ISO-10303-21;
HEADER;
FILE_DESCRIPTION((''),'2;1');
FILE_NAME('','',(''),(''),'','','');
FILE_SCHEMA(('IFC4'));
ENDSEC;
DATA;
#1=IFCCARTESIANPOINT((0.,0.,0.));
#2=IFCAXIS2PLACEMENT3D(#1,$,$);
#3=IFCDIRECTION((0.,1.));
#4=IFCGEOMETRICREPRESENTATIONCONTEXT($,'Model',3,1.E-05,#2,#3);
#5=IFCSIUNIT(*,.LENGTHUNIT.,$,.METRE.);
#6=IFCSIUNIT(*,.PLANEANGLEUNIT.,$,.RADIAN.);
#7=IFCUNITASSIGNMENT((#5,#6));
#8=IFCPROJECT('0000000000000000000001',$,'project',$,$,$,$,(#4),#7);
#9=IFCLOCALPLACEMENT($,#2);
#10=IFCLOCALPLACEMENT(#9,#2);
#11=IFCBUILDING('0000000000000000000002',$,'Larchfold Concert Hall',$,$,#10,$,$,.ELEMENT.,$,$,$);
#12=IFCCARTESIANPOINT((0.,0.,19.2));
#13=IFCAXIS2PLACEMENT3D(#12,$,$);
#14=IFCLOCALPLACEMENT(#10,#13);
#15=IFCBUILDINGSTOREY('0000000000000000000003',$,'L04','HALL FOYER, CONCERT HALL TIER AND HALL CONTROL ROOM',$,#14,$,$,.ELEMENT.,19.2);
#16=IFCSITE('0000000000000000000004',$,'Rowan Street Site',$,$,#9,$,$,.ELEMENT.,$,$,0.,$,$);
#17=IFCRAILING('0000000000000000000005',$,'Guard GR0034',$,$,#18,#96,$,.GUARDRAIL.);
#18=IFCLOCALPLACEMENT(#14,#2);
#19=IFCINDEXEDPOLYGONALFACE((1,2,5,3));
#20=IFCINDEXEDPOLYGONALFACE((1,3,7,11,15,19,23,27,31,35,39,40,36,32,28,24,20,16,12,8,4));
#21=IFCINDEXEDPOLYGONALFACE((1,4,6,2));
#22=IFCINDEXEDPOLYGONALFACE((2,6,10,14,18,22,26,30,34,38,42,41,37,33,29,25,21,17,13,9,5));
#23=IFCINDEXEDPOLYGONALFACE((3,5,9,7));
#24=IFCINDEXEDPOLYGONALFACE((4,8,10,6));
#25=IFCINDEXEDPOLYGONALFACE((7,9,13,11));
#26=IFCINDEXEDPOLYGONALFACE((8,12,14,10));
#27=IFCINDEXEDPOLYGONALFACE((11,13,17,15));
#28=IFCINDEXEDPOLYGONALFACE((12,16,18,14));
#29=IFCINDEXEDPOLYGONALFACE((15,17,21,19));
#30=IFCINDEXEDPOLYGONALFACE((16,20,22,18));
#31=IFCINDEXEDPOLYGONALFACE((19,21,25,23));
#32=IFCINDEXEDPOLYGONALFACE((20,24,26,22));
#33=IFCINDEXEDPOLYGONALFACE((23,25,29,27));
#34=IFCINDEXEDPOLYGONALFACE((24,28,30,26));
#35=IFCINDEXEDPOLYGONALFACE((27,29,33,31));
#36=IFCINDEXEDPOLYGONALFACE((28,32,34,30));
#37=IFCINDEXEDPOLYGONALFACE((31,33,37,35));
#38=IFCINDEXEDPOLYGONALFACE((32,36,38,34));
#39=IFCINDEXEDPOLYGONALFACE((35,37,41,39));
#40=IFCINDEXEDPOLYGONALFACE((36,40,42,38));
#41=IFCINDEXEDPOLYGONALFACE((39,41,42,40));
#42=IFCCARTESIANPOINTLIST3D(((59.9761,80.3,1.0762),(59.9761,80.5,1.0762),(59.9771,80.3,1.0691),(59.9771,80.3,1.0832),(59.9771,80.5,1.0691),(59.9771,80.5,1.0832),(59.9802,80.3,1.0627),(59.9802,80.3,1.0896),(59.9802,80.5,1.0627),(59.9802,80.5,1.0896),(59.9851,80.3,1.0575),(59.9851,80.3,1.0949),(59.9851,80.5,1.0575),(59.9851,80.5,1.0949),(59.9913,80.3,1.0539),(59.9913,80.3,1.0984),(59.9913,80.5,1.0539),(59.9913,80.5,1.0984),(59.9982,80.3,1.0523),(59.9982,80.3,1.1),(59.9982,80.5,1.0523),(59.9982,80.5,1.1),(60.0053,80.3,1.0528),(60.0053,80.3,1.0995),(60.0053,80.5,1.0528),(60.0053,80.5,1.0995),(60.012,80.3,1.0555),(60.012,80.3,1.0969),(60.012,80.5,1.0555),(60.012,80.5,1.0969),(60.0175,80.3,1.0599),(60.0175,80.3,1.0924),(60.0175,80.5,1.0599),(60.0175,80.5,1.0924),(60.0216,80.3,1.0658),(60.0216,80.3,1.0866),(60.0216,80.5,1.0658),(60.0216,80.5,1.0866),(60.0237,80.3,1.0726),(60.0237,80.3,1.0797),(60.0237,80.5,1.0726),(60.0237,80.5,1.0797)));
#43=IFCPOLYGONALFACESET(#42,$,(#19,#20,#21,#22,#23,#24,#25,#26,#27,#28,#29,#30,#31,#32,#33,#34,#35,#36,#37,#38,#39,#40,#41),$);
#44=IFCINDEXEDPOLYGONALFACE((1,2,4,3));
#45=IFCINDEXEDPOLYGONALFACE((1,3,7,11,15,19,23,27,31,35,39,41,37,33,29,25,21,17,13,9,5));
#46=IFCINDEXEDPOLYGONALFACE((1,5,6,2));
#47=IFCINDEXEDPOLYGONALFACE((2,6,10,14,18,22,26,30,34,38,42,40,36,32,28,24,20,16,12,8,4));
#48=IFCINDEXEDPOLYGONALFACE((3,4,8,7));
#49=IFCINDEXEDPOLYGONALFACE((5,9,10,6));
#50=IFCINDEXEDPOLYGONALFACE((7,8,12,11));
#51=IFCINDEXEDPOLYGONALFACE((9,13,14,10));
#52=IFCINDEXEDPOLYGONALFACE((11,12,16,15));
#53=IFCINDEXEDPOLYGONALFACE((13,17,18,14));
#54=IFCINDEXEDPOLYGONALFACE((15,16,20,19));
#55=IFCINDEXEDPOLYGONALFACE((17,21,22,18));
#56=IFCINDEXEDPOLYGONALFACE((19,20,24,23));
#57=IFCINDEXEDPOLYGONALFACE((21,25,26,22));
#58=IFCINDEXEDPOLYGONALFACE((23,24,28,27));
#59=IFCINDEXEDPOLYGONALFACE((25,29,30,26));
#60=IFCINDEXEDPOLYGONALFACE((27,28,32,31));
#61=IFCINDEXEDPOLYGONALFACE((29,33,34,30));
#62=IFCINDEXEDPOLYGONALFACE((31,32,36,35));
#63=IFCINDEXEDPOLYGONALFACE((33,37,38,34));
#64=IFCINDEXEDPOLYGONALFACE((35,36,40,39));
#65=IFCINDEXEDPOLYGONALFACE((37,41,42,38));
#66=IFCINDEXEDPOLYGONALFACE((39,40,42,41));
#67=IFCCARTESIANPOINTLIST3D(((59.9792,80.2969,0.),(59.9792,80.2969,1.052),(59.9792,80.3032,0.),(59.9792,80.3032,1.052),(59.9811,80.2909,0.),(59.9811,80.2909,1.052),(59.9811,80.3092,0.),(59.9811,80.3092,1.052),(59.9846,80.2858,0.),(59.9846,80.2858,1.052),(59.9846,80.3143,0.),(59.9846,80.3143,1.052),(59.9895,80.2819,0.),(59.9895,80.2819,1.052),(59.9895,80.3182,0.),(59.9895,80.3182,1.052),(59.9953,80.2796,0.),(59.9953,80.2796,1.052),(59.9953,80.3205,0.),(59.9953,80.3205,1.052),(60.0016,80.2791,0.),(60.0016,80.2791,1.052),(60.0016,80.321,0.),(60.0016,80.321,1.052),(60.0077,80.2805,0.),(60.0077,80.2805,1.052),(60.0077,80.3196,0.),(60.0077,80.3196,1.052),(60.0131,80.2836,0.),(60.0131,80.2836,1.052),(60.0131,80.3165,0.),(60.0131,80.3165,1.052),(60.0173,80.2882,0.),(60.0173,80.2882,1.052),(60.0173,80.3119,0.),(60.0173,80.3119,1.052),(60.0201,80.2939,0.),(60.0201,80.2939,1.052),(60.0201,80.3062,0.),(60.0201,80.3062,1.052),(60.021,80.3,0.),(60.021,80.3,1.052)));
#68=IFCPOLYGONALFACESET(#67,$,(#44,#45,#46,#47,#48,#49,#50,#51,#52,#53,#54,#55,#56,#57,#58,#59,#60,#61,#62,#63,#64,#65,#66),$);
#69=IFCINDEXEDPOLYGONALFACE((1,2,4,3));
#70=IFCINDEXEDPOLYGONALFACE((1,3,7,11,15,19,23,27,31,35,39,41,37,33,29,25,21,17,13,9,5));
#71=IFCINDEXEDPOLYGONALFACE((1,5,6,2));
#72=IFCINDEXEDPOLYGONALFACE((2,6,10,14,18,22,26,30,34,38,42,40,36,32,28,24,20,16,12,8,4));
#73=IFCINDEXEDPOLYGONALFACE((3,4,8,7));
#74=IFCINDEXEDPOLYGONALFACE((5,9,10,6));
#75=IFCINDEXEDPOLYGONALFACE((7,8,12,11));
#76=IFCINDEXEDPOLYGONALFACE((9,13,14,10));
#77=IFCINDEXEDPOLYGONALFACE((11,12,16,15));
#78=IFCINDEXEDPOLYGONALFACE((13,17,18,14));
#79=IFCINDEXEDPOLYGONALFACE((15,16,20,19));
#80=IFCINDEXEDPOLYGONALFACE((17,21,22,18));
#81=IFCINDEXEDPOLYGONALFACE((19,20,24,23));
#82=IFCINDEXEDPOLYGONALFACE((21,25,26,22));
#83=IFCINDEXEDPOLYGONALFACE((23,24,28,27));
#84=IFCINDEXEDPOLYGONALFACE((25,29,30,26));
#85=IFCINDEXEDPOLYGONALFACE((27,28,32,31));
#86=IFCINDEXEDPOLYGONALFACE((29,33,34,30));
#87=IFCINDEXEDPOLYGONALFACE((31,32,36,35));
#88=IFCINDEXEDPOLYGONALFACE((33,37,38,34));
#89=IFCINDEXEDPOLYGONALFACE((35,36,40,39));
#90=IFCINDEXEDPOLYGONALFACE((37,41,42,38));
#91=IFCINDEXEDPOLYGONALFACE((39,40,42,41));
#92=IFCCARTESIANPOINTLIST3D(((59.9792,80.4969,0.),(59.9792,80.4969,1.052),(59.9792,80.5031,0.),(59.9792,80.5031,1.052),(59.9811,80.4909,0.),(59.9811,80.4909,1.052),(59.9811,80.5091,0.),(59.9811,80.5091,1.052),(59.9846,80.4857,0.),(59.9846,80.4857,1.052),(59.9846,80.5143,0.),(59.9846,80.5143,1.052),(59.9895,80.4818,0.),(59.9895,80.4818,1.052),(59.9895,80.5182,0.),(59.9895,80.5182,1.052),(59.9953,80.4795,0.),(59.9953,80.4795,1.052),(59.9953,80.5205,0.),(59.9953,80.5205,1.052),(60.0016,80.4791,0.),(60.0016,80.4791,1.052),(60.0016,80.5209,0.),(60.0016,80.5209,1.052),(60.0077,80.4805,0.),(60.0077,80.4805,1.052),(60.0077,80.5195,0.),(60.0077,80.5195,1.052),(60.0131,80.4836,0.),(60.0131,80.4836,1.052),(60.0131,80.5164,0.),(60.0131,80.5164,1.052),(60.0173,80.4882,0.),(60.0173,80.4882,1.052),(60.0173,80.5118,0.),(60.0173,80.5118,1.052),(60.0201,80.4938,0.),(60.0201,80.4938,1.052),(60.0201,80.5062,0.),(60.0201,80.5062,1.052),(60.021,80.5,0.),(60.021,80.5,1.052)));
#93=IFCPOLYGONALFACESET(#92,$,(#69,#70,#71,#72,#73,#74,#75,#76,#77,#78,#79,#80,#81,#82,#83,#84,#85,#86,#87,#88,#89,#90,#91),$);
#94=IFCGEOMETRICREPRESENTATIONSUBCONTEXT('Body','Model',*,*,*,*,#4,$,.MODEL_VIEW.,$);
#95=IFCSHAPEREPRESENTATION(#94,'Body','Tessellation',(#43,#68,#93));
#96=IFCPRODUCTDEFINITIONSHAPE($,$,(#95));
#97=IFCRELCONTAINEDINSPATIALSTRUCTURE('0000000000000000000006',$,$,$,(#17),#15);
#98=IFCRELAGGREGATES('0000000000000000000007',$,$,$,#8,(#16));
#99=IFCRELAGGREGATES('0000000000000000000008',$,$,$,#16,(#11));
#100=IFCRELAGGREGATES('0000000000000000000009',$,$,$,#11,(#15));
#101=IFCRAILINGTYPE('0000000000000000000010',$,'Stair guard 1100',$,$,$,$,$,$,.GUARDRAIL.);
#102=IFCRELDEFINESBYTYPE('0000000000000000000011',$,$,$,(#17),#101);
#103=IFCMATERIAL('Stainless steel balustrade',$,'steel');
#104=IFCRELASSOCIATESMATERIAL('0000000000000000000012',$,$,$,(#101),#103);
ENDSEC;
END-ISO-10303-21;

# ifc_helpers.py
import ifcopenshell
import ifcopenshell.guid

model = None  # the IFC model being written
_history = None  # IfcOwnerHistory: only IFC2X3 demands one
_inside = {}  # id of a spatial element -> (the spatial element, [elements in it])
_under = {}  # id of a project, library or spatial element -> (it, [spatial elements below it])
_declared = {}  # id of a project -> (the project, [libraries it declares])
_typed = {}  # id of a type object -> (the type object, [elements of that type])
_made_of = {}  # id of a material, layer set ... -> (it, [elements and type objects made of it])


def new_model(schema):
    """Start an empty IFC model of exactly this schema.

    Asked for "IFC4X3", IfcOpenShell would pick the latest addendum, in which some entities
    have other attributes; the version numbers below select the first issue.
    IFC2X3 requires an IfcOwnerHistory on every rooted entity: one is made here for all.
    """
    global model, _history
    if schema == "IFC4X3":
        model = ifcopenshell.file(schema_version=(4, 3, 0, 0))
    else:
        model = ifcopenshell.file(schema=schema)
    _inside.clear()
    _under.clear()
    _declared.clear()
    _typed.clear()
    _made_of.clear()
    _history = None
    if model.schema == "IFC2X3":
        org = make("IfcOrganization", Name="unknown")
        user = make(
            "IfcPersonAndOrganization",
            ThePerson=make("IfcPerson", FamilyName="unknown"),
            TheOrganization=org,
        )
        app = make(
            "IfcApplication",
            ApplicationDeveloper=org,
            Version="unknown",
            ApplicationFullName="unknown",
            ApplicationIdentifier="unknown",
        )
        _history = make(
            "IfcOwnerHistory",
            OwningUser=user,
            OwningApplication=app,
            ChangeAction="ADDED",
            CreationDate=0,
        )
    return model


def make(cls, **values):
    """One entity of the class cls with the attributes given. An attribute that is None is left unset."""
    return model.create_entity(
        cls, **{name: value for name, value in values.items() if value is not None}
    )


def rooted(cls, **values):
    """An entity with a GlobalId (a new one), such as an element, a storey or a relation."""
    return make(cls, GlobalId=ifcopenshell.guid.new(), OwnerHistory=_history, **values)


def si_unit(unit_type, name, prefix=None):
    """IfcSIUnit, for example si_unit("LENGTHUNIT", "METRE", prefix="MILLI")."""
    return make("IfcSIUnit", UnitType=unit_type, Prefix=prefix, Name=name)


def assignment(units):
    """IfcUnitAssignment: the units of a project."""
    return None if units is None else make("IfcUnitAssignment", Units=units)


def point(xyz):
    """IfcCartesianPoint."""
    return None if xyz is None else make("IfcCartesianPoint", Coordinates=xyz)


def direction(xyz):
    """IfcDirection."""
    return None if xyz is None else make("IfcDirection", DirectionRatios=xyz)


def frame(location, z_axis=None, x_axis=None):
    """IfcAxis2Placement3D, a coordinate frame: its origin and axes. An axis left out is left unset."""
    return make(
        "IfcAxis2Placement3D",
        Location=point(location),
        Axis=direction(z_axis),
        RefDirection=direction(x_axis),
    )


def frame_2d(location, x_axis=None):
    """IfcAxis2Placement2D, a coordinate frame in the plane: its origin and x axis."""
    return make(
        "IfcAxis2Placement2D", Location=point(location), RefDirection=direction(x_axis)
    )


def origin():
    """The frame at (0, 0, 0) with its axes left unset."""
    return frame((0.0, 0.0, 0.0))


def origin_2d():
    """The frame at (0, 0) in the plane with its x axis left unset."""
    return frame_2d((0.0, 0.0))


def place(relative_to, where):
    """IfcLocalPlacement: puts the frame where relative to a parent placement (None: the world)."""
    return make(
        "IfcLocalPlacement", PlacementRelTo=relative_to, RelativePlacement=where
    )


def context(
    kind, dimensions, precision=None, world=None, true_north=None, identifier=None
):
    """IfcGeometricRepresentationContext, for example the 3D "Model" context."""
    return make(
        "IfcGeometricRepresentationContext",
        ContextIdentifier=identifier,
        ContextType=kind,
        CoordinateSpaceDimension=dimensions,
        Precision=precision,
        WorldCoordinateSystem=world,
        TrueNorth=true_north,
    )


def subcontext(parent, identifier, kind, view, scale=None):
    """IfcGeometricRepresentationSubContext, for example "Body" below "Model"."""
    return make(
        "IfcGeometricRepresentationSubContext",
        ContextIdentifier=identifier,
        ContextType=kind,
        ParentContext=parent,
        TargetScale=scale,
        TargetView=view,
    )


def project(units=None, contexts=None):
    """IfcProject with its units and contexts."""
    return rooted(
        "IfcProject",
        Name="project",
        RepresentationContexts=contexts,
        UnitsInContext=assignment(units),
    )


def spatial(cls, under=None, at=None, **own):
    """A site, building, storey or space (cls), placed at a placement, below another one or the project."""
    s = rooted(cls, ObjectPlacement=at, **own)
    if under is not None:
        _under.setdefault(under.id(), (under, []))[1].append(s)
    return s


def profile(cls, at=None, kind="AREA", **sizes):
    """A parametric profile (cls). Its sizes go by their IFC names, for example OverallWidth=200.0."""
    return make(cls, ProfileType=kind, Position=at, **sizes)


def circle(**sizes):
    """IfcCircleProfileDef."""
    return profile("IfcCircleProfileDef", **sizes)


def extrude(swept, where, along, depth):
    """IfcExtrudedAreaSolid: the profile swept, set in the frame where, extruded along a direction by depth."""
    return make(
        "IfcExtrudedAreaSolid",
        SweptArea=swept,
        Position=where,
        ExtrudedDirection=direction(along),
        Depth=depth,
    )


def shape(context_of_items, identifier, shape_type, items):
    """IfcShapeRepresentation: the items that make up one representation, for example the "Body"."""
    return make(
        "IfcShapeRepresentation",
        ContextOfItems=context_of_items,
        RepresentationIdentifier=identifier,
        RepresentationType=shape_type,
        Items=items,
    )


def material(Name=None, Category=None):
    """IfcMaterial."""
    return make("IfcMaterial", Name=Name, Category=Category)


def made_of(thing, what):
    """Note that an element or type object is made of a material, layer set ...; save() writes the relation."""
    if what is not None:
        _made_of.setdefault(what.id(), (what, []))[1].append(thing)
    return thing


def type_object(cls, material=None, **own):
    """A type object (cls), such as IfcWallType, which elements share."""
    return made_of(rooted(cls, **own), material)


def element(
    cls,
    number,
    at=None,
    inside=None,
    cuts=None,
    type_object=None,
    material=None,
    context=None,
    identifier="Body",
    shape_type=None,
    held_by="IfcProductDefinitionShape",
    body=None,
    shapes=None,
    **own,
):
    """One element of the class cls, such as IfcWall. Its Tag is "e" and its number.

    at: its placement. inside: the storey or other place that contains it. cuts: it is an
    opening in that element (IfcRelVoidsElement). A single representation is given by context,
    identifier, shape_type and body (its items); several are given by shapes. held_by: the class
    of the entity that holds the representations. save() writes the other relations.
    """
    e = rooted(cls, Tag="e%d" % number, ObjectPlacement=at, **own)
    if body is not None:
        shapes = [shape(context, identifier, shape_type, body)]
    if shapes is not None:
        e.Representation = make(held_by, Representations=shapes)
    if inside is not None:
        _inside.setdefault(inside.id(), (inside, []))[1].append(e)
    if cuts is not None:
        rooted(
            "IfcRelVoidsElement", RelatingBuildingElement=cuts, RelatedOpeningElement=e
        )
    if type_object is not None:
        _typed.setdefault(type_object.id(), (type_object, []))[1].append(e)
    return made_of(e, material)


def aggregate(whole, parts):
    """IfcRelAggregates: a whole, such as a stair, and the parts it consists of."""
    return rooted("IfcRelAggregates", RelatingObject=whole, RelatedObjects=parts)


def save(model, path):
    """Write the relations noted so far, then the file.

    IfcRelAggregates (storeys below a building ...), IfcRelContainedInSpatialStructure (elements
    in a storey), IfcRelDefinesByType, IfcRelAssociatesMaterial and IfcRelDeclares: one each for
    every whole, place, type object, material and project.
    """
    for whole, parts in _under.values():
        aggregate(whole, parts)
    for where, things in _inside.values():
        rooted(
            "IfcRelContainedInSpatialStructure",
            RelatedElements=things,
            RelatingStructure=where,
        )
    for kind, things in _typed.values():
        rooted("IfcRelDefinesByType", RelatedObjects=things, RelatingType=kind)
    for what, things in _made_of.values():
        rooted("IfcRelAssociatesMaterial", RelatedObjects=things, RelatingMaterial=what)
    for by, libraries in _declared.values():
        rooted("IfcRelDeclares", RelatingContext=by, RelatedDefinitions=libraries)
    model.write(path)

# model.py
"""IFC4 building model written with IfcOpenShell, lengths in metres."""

from ifc_helpers import new_model, si_unit, direction, frame, origin, origin_2d, place, context, subcontext, project, spatial, circle, extrude, material, type_object, element, save


model = new_model("IFC4")

# Units and contexts
model_context = context("Model", 3, precision=1e-05, world=origin(), true_north=direction((0.0, 1.0)))
body_context = subcontext(model_context, "Body", "Model", "MODEL_VIEW")
ifc_project = project(units=[si_unit("LENGTHUNIT", "METRE"), si_unit("PLANEANGLEUNIT", "RADIAN")], contexts=[model_context])

# Site, building, storey
site_placement = place(None, origin())
site = spatial("IfcSite", under=ifc_project, at=site_placement, Name="Rowan Street Site", CompositionType="ELEMENT", RefElevation=0.0)
building_placement = place(site_placement, origin())
building = spatial("IfcBuilding", under=site, at=building_placement, Name="Larchfold Concert Hall", CompositionType="ELEMENT")
storey_placement = place(building_placement, frame((0.0, 0.0, 19.2)))
storey = spatial("IfcBuildingStorey", under=building, at=storey_placement, Name="L04", Description="HALL FOYER, CONCERT HALL TIER AND HALL CONTROL ROOM", CompositionType="ELEMENT", Elevation=19.2)

# Railing
ifc_material_1 = material(Name="Stainless steel balustrade", Category="steel")
railing_type_1 = type_object("IfcRailingType", Name="Stair guard 1100", PredefinedType="GUARDRAIL", material=ifc_material_1)
railing_1_placement = place(storey_placement, frame((60.0, 80.3, 0.0)))
element("IfcRailing", 1, at=railing_1_placement, inside=storey, type_object=railing_type_1, Name="Guard GR0034", PredefinedType="GUARDRAIL", context=body_context, shape_type="SweptSolid", body=[
    extrude(circle(Radius=0.0239, at=origin_2d()), frame((0.0, 0.0, 1.0762), z_axis=(0.0, 1.0, 0.0), x_axis=(-1.0, 0.0, 0.0)), (0.0, 0.0, 1.0), 0.2),
    extrude(circle(Radius=0.021, at=origin_2d()), origin(), (0.0, 0.0, 1.0), 1.052),
    extrude(circle(Radius=0.021, at=origin_2d()), frame((0.0, 0.2, 0.0)), (0.0, 0.0, 1.0), 1.052),
])

save(model, "model.ifc")
